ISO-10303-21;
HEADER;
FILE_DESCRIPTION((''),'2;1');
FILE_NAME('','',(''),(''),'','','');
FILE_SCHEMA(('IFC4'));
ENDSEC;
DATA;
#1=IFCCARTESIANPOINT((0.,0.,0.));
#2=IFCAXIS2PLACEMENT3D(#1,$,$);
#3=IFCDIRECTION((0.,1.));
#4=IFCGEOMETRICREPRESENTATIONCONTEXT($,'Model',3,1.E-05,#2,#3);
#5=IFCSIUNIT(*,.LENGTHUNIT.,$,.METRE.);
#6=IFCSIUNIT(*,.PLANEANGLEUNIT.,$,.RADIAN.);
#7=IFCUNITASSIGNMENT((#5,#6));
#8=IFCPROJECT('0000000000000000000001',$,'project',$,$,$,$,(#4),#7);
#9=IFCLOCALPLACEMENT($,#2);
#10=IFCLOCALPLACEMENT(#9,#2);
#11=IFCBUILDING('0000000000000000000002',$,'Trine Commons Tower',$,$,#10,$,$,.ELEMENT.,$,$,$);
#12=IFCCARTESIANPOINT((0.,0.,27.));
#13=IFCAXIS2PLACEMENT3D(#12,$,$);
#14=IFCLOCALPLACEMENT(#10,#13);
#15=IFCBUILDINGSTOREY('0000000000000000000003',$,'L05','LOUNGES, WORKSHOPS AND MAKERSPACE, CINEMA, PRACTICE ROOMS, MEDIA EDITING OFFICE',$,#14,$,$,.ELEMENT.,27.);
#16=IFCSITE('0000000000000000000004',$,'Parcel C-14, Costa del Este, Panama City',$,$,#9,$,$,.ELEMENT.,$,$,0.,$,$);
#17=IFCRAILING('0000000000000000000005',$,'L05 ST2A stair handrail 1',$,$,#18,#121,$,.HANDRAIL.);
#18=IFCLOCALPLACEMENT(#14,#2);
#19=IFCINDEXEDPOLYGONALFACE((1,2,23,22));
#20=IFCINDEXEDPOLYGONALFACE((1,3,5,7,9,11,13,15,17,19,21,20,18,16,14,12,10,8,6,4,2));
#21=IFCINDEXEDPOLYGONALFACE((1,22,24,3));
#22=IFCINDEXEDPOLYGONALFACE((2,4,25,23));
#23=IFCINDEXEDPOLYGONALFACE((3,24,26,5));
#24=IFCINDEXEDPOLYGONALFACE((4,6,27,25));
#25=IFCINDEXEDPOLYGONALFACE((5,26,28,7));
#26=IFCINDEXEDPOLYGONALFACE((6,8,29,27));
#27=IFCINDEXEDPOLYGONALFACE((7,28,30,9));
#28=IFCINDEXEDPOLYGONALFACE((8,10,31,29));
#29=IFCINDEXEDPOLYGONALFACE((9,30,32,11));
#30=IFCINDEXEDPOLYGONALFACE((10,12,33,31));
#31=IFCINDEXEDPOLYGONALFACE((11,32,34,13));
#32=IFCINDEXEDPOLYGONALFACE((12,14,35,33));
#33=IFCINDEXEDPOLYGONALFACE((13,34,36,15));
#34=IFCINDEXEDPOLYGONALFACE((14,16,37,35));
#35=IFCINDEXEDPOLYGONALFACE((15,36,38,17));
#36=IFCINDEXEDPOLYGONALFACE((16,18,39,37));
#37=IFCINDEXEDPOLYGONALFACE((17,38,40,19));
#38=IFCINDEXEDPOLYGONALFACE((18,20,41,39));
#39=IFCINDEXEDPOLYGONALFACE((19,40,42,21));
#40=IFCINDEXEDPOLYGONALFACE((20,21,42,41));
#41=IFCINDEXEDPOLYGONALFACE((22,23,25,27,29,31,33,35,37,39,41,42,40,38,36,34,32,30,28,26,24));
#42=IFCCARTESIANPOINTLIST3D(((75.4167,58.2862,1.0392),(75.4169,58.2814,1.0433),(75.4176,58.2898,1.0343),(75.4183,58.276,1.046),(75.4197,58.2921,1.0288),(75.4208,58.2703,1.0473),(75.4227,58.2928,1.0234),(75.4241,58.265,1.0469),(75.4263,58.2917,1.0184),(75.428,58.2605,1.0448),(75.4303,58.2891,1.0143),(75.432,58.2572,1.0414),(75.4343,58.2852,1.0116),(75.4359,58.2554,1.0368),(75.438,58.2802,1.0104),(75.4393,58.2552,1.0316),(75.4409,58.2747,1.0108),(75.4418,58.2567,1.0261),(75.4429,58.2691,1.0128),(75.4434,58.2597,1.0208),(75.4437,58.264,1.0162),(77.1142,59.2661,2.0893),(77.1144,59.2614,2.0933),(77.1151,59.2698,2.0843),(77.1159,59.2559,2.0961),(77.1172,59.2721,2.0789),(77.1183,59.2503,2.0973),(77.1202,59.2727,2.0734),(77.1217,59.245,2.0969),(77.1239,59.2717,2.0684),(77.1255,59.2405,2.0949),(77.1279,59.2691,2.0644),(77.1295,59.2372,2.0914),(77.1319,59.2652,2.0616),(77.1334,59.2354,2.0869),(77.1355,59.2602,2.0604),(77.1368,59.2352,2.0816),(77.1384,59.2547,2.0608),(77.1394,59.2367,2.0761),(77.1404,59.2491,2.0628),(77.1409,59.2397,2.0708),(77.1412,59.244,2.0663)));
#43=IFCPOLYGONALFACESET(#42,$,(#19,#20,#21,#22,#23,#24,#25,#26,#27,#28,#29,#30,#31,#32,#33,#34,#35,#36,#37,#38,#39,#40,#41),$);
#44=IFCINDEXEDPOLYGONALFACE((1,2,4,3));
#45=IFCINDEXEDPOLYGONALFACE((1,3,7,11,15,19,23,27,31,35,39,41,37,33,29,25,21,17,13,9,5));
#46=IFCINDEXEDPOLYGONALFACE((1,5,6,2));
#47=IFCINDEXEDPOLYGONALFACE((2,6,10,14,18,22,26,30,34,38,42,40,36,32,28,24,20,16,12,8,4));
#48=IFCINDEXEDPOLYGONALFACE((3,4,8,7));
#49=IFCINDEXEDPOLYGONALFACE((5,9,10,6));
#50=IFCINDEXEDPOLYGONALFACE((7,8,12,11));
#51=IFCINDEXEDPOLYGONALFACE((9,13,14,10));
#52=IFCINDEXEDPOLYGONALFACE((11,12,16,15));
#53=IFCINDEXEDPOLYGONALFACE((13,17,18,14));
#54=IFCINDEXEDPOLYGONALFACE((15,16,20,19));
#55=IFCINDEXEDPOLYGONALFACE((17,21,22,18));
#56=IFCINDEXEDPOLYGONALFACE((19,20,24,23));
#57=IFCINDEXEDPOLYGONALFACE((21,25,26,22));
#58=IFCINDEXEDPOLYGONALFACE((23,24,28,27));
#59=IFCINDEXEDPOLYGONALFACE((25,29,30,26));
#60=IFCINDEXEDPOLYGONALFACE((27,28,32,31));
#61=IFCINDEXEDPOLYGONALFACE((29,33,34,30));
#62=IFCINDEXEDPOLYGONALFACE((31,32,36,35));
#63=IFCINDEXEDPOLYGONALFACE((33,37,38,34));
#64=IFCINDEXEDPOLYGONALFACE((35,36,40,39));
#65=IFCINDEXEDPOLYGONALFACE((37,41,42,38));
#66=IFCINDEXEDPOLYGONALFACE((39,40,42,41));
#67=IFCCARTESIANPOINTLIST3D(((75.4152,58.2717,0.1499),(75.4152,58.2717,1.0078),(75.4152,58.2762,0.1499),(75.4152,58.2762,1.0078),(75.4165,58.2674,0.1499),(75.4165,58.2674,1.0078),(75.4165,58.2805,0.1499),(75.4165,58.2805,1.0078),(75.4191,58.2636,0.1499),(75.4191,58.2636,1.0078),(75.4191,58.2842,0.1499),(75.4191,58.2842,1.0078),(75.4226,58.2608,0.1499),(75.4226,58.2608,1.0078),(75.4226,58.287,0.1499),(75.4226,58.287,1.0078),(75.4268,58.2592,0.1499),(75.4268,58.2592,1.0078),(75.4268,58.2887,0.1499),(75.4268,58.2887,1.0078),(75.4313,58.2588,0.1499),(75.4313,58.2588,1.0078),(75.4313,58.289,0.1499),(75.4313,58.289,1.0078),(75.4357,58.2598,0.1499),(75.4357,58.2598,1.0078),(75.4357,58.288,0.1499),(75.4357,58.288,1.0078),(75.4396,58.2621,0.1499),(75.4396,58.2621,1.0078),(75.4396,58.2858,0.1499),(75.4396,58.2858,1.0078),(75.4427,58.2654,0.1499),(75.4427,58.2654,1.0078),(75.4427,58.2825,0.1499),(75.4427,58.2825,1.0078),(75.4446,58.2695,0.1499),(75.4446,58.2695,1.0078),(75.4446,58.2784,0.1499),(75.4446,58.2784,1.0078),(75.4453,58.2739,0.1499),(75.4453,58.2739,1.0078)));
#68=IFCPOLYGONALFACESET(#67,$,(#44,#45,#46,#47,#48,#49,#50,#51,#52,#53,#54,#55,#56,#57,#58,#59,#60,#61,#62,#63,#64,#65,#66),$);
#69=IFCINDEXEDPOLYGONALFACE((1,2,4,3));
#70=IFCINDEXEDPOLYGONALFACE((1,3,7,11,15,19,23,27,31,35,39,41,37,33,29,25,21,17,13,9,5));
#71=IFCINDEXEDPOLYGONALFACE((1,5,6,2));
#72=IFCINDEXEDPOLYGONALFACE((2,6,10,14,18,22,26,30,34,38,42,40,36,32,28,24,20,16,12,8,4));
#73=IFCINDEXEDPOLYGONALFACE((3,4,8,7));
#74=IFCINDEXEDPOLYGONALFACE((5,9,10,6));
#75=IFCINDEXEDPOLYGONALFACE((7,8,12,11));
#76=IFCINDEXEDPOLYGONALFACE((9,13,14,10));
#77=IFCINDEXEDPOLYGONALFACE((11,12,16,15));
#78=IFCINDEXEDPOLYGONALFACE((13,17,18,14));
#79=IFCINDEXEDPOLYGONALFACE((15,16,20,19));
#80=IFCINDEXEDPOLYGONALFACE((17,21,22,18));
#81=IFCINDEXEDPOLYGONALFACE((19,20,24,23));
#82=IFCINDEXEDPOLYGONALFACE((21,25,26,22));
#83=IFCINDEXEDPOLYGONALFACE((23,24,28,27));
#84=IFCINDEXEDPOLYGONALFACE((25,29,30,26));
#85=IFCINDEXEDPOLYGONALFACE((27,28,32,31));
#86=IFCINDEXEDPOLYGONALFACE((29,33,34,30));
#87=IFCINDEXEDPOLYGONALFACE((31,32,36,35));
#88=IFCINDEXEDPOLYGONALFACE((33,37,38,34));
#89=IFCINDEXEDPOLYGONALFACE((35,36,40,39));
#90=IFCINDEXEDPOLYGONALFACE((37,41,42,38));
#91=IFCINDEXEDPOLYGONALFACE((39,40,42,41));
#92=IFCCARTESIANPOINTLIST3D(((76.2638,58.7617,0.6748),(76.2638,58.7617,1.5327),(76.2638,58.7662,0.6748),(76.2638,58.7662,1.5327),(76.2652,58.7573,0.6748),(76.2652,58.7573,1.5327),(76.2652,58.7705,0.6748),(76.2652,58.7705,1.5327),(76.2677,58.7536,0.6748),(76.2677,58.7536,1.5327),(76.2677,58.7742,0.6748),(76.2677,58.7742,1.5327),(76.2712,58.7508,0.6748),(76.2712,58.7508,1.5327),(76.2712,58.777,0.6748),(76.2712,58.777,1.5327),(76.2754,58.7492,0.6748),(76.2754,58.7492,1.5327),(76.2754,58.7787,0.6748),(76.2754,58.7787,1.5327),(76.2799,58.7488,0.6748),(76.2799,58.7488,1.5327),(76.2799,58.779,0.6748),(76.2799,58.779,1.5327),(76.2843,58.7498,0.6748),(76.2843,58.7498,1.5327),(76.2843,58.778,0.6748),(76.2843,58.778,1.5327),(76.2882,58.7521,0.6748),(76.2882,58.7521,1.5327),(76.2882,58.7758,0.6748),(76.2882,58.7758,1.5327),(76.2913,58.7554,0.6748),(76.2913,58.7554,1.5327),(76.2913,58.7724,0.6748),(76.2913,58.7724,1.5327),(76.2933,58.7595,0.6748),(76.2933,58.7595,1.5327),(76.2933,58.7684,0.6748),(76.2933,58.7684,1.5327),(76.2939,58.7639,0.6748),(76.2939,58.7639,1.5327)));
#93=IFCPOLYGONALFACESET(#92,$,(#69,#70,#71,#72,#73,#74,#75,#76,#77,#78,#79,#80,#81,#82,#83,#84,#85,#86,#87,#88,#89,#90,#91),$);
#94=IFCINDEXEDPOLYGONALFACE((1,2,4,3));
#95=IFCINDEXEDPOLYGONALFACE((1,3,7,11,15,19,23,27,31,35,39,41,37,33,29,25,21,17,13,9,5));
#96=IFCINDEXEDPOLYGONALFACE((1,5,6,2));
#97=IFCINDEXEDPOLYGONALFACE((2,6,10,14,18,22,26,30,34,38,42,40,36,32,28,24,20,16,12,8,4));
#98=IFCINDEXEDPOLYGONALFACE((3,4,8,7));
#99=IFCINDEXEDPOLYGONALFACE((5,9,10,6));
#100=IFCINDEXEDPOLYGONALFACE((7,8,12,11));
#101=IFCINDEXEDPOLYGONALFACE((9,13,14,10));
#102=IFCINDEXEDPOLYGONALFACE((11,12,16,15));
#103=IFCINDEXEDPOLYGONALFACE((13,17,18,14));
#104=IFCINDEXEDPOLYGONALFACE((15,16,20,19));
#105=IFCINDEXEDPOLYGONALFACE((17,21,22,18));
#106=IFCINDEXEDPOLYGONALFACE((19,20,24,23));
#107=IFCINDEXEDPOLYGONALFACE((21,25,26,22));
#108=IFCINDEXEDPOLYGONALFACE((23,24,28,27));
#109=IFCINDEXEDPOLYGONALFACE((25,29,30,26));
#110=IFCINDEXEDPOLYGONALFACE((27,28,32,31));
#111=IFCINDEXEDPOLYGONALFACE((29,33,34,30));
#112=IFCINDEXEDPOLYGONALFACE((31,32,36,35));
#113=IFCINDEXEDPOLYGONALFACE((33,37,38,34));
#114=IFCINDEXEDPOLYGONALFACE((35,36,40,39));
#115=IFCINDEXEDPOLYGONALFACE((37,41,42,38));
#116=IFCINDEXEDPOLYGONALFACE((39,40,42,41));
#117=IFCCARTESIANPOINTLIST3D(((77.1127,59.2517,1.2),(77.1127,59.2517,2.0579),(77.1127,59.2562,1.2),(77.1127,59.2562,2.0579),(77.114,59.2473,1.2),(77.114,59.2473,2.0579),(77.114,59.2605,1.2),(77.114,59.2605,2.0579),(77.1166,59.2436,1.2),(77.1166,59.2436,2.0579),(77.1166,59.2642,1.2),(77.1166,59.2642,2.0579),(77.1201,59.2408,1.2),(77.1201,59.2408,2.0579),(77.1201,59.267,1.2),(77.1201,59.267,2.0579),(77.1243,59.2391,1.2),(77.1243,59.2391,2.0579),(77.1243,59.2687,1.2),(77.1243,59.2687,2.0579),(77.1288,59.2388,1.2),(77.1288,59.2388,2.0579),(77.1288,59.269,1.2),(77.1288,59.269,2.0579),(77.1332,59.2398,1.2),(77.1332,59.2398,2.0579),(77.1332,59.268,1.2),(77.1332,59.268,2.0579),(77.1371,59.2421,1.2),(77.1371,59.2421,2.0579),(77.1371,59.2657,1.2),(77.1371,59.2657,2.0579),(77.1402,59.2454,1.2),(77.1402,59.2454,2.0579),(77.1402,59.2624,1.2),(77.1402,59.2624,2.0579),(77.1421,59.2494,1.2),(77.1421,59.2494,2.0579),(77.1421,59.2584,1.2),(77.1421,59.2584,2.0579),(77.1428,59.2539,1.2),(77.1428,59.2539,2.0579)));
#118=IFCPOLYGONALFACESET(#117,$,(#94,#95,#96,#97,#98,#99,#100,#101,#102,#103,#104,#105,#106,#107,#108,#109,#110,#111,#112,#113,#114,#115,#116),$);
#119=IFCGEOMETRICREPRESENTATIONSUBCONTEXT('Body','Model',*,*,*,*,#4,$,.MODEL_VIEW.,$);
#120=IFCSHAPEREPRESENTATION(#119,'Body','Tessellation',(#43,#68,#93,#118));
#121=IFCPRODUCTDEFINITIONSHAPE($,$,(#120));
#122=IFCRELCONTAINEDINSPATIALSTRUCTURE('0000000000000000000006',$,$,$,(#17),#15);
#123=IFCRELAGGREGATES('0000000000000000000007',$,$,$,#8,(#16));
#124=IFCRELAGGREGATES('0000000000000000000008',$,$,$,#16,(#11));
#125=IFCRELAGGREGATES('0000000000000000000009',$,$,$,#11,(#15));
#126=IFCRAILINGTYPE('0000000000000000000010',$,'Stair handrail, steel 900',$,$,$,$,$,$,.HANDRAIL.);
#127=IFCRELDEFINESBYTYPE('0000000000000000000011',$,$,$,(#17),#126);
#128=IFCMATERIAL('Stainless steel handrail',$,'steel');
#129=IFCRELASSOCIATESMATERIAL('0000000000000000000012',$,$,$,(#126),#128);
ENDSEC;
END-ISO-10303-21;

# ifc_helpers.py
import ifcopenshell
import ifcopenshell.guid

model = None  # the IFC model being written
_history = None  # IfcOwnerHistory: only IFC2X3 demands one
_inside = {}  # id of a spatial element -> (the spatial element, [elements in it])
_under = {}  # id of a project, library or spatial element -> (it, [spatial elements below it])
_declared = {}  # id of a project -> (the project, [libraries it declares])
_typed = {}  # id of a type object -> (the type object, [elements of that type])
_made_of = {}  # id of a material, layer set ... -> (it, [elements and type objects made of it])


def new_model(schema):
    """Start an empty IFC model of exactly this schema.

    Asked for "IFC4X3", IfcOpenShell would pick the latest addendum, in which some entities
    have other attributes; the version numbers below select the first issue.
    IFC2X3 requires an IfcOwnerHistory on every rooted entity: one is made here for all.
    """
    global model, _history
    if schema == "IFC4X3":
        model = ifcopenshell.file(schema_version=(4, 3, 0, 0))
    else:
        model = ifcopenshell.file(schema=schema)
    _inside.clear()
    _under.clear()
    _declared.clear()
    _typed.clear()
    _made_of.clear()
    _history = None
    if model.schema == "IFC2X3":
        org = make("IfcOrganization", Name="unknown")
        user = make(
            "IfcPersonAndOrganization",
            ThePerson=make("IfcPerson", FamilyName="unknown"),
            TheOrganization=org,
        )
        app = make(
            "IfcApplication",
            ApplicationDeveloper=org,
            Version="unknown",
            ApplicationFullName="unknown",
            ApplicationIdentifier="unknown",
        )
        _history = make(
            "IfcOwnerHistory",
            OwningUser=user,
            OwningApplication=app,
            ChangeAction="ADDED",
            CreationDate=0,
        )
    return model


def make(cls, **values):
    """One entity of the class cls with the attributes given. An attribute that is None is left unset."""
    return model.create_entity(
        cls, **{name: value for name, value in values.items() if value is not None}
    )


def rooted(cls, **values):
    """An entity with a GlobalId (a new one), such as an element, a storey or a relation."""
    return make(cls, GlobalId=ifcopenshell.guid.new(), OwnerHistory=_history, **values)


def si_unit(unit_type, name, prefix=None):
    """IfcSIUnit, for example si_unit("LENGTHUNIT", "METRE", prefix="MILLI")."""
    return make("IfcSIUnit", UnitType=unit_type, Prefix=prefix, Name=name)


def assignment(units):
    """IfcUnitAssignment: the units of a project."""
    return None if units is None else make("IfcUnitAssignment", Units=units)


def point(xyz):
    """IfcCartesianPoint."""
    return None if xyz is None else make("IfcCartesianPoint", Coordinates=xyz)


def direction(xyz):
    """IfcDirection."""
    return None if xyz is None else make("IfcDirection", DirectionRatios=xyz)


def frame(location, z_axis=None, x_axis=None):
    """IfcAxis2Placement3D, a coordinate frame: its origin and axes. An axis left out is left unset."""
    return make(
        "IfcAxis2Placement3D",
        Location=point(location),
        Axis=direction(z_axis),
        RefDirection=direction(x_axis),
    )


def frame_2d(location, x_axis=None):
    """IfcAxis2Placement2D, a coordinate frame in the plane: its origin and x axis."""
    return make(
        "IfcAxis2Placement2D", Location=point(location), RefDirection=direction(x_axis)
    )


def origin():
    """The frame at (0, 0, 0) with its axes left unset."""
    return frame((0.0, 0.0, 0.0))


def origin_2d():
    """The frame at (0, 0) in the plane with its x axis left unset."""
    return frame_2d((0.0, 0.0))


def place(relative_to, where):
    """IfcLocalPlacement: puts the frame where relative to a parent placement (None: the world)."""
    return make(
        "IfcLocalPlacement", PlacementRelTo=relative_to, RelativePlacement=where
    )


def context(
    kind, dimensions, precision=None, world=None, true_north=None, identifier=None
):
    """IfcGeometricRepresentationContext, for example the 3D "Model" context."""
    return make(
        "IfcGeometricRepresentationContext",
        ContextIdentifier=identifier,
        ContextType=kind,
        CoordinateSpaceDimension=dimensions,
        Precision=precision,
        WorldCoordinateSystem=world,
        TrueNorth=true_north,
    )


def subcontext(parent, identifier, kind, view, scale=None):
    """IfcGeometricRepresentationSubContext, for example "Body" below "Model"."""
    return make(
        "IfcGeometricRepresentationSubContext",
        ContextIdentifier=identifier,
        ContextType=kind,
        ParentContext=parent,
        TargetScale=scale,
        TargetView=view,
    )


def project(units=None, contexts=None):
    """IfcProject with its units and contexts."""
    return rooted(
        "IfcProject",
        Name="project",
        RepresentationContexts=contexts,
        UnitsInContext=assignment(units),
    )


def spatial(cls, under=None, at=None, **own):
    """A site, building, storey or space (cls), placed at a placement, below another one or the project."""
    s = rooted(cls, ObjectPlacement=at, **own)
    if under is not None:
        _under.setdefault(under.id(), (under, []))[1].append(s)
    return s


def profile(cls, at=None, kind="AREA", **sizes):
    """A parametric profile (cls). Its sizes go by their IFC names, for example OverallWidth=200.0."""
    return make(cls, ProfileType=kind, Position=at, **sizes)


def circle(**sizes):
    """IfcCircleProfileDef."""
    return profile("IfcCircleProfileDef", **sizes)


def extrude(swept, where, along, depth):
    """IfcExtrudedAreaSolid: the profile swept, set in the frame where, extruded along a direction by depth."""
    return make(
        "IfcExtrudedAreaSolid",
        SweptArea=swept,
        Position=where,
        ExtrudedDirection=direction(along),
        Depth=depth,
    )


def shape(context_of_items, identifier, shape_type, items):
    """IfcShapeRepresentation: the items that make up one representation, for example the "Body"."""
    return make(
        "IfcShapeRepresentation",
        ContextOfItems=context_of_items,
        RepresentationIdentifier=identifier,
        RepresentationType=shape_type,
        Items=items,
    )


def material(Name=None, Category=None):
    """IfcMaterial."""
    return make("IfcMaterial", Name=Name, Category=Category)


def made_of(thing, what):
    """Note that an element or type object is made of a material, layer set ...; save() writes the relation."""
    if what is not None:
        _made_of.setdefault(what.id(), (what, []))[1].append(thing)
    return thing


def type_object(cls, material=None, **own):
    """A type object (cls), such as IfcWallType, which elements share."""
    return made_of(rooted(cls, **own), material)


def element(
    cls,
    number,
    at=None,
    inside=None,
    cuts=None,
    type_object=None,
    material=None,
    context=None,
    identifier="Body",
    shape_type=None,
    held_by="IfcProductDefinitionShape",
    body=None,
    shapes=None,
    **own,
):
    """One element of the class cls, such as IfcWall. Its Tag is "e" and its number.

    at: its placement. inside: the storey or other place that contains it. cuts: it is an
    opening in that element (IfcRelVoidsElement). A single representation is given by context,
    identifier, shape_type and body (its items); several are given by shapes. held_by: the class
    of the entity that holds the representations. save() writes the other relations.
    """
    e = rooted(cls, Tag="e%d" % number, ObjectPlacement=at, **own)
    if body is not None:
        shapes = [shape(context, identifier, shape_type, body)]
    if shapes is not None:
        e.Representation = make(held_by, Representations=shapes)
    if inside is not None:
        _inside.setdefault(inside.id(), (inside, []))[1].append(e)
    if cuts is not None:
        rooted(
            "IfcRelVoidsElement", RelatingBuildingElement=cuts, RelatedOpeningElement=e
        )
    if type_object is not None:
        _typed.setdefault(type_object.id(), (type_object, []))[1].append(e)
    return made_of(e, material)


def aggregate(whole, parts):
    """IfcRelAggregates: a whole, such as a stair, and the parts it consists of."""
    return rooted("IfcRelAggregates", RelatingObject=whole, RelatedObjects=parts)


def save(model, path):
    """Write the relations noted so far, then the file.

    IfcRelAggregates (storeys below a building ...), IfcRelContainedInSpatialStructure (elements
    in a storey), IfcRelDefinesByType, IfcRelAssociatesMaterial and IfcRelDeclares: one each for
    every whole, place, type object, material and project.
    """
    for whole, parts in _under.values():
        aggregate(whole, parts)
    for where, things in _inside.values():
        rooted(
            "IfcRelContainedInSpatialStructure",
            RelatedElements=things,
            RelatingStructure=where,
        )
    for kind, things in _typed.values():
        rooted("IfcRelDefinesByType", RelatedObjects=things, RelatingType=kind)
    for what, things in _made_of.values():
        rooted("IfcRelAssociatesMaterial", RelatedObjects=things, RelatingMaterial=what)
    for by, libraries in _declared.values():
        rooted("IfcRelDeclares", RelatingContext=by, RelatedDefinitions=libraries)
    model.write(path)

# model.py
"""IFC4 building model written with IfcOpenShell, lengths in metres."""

from ifc_helpers import new_model, si_unit, direction, frame, origin, origin_2d, place, context, subcontext, project, spatial, circle, extrude, material, type_object, element, save


model = new_model("IFC4")

# Units and contexts
model_context = context("Model", 3, precision=1e-05, world=origin(), true_north=direction((0.0, 1.0)))
body_context = subcontext(model_context, "Body", "Model", "MODEL_VIEW")
ifc_project = project(units=[si_unit("LENGTHUNIT", "METRE"), si_unit("PLANEANGLEUNIT", "RADIAN")], contexts=[model_context])

# Site, building, storey
site_placement = place(None, origin())
site = spatial("IfcSite", under=ifc_project, at=site_placement, Name="Parcel C-14, Costa del Este, Panama City", CompositionType="ELEMENT", RefElevation=0.0)
building_placement = place(site_placement, origin())
building = spatial("IfcBuilding", under=site, at=building_placement, Name="Trine Commons Tower", CompositionType="ELEMENT")
storey_placement = place(building_placement, frame((0.0, 0.0, 27.0)))
storey = spatial("IfcBuildingStorey", under=building, at=storey_placement, Name="L05", Description="LOUNGES, WORKSHOPS AND MAKERSPACE, CINEMA, PRACTICE ROOMS, MEDIA EDITING OFFICE", CompositionType="ELEMENT", Elevation=27.0)

# Railing
ifc_material_1 = material(Name="Stainless steel handrail", Category="steel")
railing_type_1 = type_object("IfcRailingType", Name="Stair handrail, steel 900", PredefinedType="HANDRAIL", material=ifc_material_1)
railing_1_placement = place(storey_placement, frame((75.4302, 58.2739, 0.1499)))
element("IfcRailing", 1, at=railing_1_placement, inside=storey, type_object=railing_type_1, Name="L05 ST2A stair handrail 1", PredefinedType="HANDRAIL", context=body_context, shape_type="SweptSolid", body=[
    extrude(circle(Radius=0.021, at=origin_2d()), frame((0.0, 0.0, 0.8789), z_axis=(0.763398, 0.440713, 0.472224), x_axis=(-0.49997, 0.866042, 0.0)), (0.0, 0.0, 1.0), 2.2236),
    extrude(circle(Radius=0.0151, at=origin_2d()), origin(), (0.0, 0.0, 1.0), 0.8579),
    extrude(circle(Radius=0.0151, at=origin_2d()), frame((0.8486, 0.49, 0.5249)), (0.0, 0.0, 1.0), 0.8579),
    extrude(circle(Radius=0.0151, at=origin_2d()), frame((1.6975, 0.98, 1.05)), (0.0, 0.0, 1.0), 0.8579),
])

save(model, "model.ifc")
